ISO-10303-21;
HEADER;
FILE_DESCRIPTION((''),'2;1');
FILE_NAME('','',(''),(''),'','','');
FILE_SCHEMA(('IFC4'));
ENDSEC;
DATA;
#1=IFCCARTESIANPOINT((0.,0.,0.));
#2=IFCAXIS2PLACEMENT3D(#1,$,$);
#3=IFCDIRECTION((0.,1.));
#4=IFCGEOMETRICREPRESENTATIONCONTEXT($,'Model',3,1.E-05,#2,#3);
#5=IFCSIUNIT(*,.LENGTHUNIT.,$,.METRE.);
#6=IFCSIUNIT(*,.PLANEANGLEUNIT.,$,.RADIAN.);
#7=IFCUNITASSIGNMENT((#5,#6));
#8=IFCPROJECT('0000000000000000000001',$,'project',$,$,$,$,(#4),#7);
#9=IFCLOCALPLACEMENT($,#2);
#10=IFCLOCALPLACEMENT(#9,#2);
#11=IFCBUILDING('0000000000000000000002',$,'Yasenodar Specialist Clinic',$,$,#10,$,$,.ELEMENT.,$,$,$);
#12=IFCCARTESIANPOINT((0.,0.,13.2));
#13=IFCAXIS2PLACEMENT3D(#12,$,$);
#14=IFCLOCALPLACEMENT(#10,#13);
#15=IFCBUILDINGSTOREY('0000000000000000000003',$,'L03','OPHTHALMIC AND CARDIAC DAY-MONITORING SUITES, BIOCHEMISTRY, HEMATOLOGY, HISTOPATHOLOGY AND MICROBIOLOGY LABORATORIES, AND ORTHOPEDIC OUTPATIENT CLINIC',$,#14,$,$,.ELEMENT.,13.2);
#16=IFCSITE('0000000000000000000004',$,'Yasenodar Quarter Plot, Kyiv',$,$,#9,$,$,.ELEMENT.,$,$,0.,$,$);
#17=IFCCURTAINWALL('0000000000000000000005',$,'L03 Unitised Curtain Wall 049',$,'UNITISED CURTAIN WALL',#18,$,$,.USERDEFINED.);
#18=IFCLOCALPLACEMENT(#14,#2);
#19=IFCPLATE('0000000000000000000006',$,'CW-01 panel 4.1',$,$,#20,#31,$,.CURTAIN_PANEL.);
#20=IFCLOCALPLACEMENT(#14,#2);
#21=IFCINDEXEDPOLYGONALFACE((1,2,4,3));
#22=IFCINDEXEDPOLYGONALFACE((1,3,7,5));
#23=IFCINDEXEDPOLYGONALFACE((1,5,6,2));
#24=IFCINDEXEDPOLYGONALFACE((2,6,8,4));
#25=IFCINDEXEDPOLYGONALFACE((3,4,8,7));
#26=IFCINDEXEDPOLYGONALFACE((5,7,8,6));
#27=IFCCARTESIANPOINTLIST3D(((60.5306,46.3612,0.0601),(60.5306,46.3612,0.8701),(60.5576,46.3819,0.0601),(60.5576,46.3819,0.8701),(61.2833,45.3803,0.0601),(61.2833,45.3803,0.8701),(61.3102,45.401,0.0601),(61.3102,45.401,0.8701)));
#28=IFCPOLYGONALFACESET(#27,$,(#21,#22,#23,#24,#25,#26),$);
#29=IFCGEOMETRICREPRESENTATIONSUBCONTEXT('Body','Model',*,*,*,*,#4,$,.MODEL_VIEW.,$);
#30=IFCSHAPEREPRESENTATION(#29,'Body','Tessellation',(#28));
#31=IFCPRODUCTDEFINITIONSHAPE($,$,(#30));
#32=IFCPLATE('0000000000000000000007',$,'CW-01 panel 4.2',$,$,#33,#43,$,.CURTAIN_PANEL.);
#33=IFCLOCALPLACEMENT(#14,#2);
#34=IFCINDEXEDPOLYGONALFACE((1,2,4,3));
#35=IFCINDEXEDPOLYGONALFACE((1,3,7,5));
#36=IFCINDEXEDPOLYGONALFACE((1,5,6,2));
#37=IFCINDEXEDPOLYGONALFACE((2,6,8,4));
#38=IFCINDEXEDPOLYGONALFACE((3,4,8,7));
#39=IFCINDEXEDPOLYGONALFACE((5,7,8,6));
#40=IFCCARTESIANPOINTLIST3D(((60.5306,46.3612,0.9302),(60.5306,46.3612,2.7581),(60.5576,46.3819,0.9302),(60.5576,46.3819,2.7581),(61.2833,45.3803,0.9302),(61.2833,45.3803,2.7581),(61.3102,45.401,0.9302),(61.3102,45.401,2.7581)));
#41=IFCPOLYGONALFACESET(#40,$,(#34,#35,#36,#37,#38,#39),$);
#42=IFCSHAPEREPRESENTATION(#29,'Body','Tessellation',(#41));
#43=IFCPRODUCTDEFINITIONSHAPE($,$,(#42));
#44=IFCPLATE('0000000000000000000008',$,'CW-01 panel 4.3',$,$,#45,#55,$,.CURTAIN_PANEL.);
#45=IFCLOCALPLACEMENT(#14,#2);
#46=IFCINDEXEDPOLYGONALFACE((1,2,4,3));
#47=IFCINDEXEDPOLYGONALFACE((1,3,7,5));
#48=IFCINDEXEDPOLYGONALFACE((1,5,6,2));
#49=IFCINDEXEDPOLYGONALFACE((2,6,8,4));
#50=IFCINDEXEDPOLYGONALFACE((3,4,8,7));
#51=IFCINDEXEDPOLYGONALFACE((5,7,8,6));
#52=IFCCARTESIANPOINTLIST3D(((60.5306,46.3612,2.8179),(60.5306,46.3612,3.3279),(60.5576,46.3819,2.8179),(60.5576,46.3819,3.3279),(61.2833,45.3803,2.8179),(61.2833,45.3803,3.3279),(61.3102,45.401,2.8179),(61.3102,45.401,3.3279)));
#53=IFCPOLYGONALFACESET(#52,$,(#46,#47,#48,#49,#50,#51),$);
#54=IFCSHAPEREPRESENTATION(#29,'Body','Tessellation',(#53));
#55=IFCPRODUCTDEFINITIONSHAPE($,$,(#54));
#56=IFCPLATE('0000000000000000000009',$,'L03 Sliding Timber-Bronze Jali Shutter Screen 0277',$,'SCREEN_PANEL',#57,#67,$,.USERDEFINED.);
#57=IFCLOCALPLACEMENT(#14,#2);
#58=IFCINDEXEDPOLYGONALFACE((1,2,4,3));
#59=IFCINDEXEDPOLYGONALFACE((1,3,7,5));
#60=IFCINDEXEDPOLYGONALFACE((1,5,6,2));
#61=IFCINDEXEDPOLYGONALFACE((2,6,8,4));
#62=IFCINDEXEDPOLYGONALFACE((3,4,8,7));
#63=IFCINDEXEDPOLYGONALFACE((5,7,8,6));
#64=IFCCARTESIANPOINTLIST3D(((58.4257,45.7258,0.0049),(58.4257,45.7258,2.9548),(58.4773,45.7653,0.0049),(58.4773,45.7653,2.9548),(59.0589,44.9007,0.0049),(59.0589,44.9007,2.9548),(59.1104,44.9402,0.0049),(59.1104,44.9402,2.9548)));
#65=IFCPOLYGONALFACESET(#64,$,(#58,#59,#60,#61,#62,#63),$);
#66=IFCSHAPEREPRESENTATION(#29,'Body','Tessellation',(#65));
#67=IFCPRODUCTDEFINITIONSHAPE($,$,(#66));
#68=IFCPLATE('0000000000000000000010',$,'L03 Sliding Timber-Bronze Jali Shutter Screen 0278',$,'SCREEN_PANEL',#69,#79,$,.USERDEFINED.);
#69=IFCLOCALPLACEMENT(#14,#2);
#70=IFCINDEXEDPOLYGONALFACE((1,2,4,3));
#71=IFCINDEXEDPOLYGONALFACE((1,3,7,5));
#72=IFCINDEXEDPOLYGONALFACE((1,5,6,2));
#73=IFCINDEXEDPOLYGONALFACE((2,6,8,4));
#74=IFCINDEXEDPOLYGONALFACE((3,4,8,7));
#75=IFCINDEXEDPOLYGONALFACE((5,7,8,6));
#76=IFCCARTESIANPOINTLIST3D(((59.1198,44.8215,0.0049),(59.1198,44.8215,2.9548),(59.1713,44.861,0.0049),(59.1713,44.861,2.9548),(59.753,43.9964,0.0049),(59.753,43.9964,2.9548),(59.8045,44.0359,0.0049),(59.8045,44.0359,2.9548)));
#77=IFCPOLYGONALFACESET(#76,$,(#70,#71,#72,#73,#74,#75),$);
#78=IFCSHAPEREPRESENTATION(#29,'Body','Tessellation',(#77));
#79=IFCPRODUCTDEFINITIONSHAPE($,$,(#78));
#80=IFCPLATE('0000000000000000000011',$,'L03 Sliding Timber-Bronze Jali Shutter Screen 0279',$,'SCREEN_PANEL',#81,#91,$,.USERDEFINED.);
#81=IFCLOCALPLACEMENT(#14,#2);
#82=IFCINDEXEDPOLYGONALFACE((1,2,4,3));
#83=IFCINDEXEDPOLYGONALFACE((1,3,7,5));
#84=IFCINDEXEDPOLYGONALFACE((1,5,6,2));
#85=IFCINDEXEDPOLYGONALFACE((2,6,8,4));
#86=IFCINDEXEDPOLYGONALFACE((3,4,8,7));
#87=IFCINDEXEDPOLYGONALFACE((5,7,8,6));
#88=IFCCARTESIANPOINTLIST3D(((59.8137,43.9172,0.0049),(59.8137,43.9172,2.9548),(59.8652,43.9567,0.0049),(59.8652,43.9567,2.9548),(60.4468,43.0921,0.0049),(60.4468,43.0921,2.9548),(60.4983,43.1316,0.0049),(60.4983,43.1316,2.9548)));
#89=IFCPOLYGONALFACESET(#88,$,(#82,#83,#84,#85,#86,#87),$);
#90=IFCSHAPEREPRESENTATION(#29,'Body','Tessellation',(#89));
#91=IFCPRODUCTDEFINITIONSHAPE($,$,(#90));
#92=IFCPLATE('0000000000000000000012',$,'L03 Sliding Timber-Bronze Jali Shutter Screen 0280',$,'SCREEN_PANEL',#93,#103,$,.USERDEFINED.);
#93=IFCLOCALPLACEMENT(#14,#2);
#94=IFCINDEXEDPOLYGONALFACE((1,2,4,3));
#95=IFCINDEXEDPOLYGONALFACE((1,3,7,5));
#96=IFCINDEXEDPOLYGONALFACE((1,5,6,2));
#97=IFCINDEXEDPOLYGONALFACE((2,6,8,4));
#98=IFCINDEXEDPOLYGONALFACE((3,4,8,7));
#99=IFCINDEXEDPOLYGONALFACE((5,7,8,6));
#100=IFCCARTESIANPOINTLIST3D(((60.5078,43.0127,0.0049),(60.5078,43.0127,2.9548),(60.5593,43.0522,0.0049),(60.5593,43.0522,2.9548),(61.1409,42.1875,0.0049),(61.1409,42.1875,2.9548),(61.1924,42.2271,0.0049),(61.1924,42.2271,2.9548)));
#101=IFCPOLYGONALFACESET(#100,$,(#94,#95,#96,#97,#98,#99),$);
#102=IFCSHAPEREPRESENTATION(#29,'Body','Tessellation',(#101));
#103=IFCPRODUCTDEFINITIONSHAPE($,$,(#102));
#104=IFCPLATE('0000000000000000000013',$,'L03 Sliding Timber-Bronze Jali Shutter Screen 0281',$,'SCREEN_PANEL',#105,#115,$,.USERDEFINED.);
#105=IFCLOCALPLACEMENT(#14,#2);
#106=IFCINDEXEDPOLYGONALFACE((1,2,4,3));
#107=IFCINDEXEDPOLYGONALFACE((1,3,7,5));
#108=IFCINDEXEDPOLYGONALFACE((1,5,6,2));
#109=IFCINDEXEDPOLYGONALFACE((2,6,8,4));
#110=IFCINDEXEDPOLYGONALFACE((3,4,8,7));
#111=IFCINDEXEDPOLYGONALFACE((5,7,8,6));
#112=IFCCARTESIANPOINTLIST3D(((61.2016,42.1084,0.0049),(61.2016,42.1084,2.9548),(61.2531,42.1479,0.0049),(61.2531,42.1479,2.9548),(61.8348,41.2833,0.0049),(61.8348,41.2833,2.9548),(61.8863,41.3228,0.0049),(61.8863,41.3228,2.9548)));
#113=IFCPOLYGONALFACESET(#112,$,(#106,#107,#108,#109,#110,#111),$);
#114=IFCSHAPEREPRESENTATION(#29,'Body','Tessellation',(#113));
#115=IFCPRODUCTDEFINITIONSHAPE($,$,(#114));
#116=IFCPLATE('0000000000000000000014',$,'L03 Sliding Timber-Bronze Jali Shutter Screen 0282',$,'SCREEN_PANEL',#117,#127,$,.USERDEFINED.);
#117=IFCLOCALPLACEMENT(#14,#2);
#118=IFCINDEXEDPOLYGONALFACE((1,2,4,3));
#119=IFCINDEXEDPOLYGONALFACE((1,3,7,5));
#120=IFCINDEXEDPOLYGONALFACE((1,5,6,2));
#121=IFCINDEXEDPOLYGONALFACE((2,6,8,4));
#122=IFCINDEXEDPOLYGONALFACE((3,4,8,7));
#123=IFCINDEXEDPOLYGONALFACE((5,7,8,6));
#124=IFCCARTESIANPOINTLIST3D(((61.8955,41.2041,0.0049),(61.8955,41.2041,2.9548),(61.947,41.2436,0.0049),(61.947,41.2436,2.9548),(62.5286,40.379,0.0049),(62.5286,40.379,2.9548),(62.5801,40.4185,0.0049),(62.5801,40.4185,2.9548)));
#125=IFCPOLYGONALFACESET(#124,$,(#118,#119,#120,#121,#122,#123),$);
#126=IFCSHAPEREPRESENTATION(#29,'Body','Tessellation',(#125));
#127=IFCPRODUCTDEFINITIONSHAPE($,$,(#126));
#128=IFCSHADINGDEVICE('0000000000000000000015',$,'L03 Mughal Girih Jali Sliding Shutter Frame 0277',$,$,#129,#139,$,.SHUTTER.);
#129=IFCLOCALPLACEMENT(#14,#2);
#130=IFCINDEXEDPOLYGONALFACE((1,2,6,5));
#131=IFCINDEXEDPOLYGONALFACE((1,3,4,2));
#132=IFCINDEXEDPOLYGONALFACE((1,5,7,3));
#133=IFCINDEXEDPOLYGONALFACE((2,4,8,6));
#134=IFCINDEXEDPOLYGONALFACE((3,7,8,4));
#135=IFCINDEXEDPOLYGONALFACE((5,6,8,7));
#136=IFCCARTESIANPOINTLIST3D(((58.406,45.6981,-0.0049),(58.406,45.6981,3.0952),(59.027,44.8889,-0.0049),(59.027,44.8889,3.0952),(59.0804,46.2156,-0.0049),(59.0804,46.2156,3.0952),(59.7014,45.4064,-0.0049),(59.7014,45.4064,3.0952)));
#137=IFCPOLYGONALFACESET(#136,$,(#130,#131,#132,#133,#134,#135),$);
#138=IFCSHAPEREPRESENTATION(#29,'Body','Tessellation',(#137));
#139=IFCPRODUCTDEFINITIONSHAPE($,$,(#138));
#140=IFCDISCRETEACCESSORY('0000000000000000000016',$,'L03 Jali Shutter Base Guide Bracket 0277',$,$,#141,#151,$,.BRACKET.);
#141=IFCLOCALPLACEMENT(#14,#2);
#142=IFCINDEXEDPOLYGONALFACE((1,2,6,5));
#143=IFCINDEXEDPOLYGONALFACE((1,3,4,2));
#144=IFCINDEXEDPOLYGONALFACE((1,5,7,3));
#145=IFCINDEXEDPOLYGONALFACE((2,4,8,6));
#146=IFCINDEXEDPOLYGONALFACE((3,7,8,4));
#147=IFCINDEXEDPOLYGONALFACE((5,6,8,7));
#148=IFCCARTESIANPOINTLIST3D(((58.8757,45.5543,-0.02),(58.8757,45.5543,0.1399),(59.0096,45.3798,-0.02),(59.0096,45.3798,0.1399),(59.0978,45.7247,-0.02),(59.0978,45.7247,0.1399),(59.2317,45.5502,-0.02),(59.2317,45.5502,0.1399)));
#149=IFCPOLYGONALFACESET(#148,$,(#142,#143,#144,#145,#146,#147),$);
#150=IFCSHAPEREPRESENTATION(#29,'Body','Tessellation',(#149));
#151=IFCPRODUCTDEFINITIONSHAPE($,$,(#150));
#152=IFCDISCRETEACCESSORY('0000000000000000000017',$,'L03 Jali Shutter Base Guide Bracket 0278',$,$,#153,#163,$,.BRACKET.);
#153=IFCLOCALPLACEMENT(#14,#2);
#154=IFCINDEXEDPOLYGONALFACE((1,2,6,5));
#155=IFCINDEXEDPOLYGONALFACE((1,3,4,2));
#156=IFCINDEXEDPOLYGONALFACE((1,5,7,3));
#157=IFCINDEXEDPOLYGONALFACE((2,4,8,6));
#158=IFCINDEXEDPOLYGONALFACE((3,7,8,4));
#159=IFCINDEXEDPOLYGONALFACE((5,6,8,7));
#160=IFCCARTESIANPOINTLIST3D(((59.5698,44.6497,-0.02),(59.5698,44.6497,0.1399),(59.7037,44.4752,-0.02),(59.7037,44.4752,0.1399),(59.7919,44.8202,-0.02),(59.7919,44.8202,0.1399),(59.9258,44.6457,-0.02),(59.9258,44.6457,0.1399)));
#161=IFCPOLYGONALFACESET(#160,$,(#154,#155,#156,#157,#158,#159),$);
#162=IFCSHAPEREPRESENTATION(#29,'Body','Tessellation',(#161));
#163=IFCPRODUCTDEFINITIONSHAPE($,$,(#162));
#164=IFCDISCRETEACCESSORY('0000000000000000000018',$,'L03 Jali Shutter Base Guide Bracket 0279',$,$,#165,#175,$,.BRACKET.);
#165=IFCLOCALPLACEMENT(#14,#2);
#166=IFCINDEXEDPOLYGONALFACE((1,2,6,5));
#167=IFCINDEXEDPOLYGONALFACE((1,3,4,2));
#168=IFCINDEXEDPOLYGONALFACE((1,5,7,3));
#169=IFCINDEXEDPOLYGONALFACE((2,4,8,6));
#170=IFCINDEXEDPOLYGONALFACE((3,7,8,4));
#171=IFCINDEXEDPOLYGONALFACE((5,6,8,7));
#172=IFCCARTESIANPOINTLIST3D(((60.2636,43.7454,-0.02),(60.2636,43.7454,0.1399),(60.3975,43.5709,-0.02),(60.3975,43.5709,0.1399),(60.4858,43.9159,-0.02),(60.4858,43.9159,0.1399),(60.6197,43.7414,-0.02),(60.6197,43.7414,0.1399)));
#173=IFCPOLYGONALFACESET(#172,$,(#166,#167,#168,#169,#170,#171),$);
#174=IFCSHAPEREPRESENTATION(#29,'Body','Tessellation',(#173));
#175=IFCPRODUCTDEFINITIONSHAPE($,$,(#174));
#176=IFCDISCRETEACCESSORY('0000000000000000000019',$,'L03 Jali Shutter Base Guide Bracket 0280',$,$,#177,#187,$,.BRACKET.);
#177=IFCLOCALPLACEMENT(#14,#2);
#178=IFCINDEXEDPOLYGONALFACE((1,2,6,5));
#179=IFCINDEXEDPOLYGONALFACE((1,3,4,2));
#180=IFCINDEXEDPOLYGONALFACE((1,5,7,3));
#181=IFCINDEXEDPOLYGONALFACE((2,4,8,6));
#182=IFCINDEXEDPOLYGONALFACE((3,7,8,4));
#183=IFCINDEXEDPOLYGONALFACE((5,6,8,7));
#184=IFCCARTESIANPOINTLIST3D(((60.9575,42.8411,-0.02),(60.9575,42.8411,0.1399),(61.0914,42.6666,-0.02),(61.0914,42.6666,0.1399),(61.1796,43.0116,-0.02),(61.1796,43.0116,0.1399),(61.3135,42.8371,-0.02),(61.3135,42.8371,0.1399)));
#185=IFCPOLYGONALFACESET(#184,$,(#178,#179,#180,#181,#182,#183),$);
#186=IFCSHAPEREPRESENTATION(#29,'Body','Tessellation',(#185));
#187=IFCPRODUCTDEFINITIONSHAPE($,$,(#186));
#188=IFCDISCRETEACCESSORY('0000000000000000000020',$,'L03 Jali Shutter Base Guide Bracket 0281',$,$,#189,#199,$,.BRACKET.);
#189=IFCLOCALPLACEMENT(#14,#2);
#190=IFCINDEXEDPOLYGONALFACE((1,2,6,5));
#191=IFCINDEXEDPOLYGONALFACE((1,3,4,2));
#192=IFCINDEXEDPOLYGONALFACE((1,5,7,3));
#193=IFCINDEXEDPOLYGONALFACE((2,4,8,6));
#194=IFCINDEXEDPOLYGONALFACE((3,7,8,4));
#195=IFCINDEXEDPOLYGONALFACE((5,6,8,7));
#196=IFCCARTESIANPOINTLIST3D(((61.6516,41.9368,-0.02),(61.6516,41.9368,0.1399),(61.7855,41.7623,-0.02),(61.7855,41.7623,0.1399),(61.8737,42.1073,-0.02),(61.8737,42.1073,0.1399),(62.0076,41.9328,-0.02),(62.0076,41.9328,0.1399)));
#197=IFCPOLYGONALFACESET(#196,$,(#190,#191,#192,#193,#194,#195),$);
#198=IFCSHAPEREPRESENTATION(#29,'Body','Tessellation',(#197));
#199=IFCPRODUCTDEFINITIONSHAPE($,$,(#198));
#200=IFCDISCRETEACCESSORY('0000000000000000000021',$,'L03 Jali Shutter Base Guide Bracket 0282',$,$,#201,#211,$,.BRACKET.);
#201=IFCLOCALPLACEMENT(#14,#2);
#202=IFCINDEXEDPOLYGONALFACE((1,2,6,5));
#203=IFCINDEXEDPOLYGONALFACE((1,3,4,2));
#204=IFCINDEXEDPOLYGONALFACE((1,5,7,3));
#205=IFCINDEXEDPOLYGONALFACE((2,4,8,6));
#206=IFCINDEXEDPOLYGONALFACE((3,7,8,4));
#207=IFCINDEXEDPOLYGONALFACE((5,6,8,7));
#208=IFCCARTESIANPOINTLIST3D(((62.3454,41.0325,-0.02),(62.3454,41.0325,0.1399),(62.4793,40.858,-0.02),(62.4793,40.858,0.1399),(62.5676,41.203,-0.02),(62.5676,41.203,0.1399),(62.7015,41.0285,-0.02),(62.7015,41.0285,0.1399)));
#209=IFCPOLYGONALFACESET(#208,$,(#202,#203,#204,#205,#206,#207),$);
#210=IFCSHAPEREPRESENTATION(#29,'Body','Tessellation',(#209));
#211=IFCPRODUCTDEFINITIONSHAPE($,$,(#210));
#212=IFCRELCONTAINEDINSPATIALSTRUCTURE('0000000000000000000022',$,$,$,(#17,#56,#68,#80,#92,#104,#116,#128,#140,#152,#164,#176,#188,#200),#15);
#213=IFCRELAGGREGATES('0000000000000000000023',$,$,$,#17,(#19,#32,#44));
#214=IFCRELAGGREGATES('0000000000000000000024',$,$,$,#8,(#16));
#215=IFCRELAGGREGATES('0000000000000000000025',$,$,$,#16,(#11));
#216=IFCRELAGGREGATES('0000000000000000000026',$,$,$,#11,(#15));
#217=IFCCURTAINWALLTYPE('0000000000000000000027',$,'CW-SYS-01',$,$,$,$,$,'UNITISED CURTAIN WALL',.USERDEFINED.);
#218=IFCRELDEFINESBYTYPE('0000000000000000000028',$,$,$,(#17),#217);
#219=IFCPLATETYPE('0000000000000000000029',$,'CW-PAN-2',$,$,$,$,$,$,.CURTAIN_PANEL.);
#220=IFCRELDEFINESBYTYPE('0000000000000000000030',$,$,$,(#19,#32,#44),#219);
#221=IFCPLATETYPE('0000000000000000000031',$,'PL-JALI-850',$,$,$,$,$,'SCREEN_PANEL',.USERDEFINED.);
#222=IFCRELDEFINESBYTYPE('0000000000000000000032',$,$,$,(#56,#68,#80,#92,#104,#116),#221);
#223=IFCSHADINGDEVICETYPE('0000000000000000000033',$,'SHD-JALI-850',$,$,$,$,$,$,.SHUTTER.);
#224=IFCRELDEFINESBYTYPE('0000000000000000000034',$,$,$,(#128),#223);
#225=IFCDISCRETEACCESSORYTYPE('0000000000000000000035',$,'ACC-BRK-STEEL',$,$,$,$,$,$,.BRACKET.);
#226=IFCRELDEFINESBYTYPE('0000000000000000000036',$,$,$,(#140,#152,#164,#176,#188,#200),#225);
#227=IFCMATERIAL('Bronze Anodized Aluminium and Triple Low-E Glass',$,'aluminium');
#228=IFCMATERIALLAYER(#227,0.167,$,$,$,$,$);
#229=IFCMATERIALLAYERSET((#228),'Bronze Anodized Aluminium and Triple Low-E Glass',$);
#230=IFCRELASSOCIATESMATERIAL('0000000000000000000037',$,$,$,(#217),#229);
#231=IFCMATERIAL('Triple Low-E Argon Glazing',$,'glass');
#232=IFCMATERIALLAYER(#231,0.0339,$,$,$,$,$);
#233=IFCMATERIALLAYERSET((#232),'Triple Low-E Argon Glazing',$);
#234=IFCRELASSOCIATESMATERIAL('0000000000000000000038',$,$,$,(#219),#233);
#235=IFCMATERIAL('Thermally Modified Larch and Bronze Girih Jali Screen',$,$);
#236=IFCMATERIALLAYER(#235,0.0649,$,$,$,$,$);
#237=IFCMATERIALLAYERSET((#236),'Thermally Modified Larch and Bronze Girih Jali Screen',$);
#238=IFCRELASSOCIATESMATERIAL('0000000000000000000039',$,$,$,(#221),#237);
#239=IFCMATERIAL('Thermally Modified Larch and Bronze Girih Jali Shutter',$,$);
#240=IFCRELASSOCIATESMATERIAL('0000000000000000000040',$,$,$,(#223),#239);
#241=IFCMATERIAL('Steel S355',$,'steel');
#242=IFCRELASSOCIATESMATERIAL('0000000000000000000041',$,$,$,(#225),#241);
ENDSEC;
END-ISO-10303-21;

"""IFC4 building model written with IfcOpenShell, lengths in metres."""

from ifc_helpers import new_model, si_unit, direction, frame, origin, origin_2d, place, context, subcontext, project, spatial, rectangle, extrude, material, layer, layer_set, type_object, element, aggregate, save


model = new_model("IFC4")

# Units and contexts
model_context = context("Model", 3, precision=1e-05, world=origin(), true_north=direction((0.0, 1.0)))
body_context = subcontext(model_context, "Body", "Model", "MODEL_VIEW")
ifc_project = project(units=[si_unit("LENGTHUNIT", "METRE"), si_unit("PLANEANGLEUNIT", "RADIAN")], contexts=[model_context])

# Site, building, storey
site_placement = place(None, origin())
site = spatial("IfcSite", under=ifc_project, at=site_placement, Name="Yasenodar Quarter Plot, Kyiv", CompositionType="ELEMENT", RefElevation=0.0)
building_placement = place(site_placement, origin())
building = spatial("IfcBuilding", under=site, at=building_placement, Name="Yasenodar Specialist Clinic", CompositionType="ELEMENT")
storey_placement = place(building_placement, frame((0.0, 0.0, 13.2)))
storey = spatial("IfcBuildingStorey", under=building, at=storey_placement, Name="L03", Description="OPHTHALMIC AND CARDIAC DAY-MONITORING SUITES, BIOCHEMISTRY, HEMATOLOGY, HISTOPATHOLOGY AND MICROBIOLOGY LABORATORIES, AND ORTHOPEDIC OUTPATIENT CLINIC", CompositionType="ELEMENT", Elevation=13.2)

# Curtain wall, plates
ifc_material_1 = material(Name="Bronze Anodized Aluminium and Triple Low-E Glass", Category="aluminium")
ifc_layer_1 = layer(ifc_material_1, 0.167)
ifc_layer_set_1 = layer_set([ifc_layer_1], Name="Bronze Anodized Aluminium and Triple Low-E Glass")
curtain_wall_type = type_object("IfcCurtainWallType", Name="CW-SYS-01", ElementType="UNITISED CURTAIN WALL", PredefinedType="USERDEFINED", material=ifc_layer_set_1)
curtain_wall_placement = place(storey_placement, origin())
curtain_wall = element("IfcCurtainWall", 1, at=curtain_wall_placement, inside=storey, type_object=curtain_wall_type, Name="L03 Unitised Curtain Wall 049", ObjectType="UNITISED CURTAIN WALL", PredefinedType="USERDEFINED")
ifc_material_2 = material(Name="Triple Low-E Argon Glazing", Category="glass")
ifc_layer_2 = layer(ifc_material_2, 0.0339)
ifc_layer_set_2 = layer_set([ifc_layer_2], Name="Triple Low-E Argon Glazing")
plate_type_1 = type_object("IfcPlateType", Name="CW-PAN-2", PredefinedType="CURTAIN_PANEL", material=ifc_layer_set_2)
plate_1_placement = place(storey_placement, frame((60.9204, 45.8811, 0.0601), z_axis=(0.0, 0.0, 1.0), x_axis=(-0.608752, 0.793361, 0.0)))
plate_1 = element("IfcPlate", 2, at=plate_1_placement, type_object=plate_type_1, Name="CW-01 panel 4.1", PredefinedType="CURTAIN_PANEL", context=body_context, shape_type="SweptSolid", body=[
    extrude(rectangle(XDim=1.2363, YDim=0.0339, at=origin_2d()), origin(), (0.0, 0.0, 1.0), 0.8101),
])
plate_2_placement = place(storey_placement, frame((60.9204, 45.8811, 0.9302), z_axis=(0.0, 0.0, 1.0), x_axis=(-0.608752, 0.793361, 0.0)))
plate_2 = element("IfcPlate", 3, at=plate_2_placement, type_object=plate_type_1, Name="CW-01 panel 4.2", PredefinedType="CURTAIN_PANEL", context=body_context, shape_type="SweptSolid", body=[
    extrude(rectangle(XDim=1.2363, YDim=0.0339, at=origin_2d()), origin(), (0.0, 0.0, 1.0), 1.8279),
])
plate_3_placement = place(storey_placement, frame((60.9204, 45.8811, 2.8179), z_axis=(0.0, 0.0, 1.0), x_axis=(-0.608752, 0.793361, 0.0)))
plate_3 = element("IfcPlate", 4, at=plate_3_placement, type_object=plate_type_1, Name="CW-01 panel 4.3", PredefinedType="CURTAIN_PANEL", context=body_context, shape_type="SweptSolid", body=[
    extrude(rectangle(XDim=1.2363, YDim=0.0339, at=origin_2d()), origin(), (0.0, 0.0, 1.0), 0.51),
])
aggregate(curtain_wall, [plate_1, plate_2, plate_3])

# Plates
ifc_material_3 = material(Name="Thermally Modified Larch and Bronze Girih Jali Screen")
ifc_layer_3 = layer(ifc_material_3, 0.0649)
ifc_layer_set_3 = layer_set([ifc_layer_3], Name="Thermally Modified Larch and Bronze Girih Jali Screen")
plate_type_2 = type_object("IfcPlateType", Name="PL-JALI-850", ElementType="SCREEN_PANEL", PredefinedType="USERDEFINED", material=ifc_layer_set_3)
for number, where, z_axis, x_axis, name in (
    (5, (58.7681, 45.333, 0.0049), (0.0, 0.0, 1.0), (0.608764, -0.793351, 0.0), "L03 Sliding Timber-Bronze Jali Shutter Screen 0277"),
    (6, (59.4622, 44.4287, 0.0049), (0.0, 0.0, 1.0), (0.608764, -0.793351, 0.0), "L03 Sliding Timber-Bronze Jali Shutter Screen 0278"),
    (7, (60.156, 43.5244, 0.0049), (0.0, 0.0, 1.0), (0.608764, -0.793351, 0.0), "L03 Sliding Timber-Bronze Jali Shutter Screen 0279"),
    (8, (60.8501, 42.6199, 0.0049), (0.0, 0.0, 1.0), (0.608764, -0.793351, 0.0), "L03 Sliding Timber-Bronze Jali Shutter Screen 0280"),
    (9, (61.5439, 41.7156, 0.0049), (0.0, 0.0, 1.0), (0.608764, -0.793351, 0.0), "L03 Sliding Timber-Bronze Jali Shutter Screen 0281"),
    (10, (62.2378, 40.8113, 0.0049), (0.0, 0.0, 1.0), (0.608764, -0.793351, 0.0), "L03 Sliding Timber-Bronze Jali Shutter Screen 0282"),
):
    element("IfcPlate", number, at=place(storey_placement, frame(where, z_axis=z_axis, x_axis=x_axis)), inside=storey, type_object=plate_type_2, Name=name, ObjectType="SCREEN_PANEL", PredefinedType="USERDEFINED", context=body_context, shape_type="SweptSolid", body=[
        extrude(rectangle(XDim=1.04, YDim=0.0649, at=origin_2d()), origin(), (0.0, 0.0, 1.0), 2.95),
    ])

# Shading device
ifc_material_4 = material(Name="Thermally Modified Larch and Bronze Girih Jali Shutter")
shading_device_type = type_object("IfcShadingDeviceType", Name="SHD-JALI-850", PredefinedType="SHUTTER", material=ifc_material_4)
shading_device_placement = place(storey_placement, frame((59.0537, 45.5522, -0.0049), z_axis=(0.0, 0.0, 1.0), x_axis=(0.608764, -0.793351, 0.0)))
element("IfcShadingDevice", 11, at=shading_device_placement, inside=storey, type_object=shading_device_type, Name="L03 Mughal Girih Jali Sliding Shutter Frame 0277", PredefinedType="SHUTTER", context=body_context, shape_type="SweptSolid", body=[
    extrude(rectangle(XDim=1.02, YDim=0.8501, at=origin_2d()), origin(), (0.0, 0.0, 1.0), 3.1001),
])

# Discrete accessories
ifc_material_5 = material(Name="Steel S355", Category="steel")
discrete_accessory_type = type_object("IfcDiscreteAccessoryType", Name="ACC-BRK-STEEL", PredefinedType="BRACKET", material=ifc_material_5)
for number, where, z_axis, x_axis, name in (
    (12, (59.0537, 45.5522, -0.02), (0.0, 0.0, 1.0), (0.608764, -0.793351, 0.0), "L03 Jali Shutter Base Guide Bracket 0277"),
    (13, (59.7478, 44.6477, -0.02), (0.0, 0.0, 1.0), (0.608764, -0.793351, 0.0), "L03 Jali Shutter Base Guide Bracket 0278"),
    (14, (60.4417, 43.7434, -0.02), (0.0, 0.0, 1.0), (0.608764, -0.793351, 0.0), "L03 Jali Shutter Base Guide Bracket 0279"),
    (15, (61.1355, 42.8391, -0.02), (0.0, 0.0, 1.0), (0.608764, -0.793351, 0.0), "L03 Jali Shutter Base Guide Bracket 0280"),
    (16, (61.8296, 41.9348, -0.02), (0.0, 0.0, 1.0), (0.608764, -0.793351, 0.0), "L03 Jali Shutter Base Guide Bracket 0281"),
    (17, (62.5234, 41.0305, -0.02), (0.0, 0.0, 1.0), (0.608764, -0.793351, 0.0), "L03 Jali Shutter Base Guide Bracket 0282"),
):
    element("IfcDiscreteAccessory", number, at=place(storey_placement, frame(where, z_axis=z_axis, x_axis=x_axis)), inside=storey, type_object=discrete_accessory_type, Name=name, PredefinedType="BRACKET", context=body_context, shape_type="SweptSolid", body=[
        extrude(rectangle(XDim=0.22, YDim=0.28, at=origin_2d()), origin(), (0.0, 0.0, 1.0), 0.1599),
    ])

save(model, "model.ifc")
